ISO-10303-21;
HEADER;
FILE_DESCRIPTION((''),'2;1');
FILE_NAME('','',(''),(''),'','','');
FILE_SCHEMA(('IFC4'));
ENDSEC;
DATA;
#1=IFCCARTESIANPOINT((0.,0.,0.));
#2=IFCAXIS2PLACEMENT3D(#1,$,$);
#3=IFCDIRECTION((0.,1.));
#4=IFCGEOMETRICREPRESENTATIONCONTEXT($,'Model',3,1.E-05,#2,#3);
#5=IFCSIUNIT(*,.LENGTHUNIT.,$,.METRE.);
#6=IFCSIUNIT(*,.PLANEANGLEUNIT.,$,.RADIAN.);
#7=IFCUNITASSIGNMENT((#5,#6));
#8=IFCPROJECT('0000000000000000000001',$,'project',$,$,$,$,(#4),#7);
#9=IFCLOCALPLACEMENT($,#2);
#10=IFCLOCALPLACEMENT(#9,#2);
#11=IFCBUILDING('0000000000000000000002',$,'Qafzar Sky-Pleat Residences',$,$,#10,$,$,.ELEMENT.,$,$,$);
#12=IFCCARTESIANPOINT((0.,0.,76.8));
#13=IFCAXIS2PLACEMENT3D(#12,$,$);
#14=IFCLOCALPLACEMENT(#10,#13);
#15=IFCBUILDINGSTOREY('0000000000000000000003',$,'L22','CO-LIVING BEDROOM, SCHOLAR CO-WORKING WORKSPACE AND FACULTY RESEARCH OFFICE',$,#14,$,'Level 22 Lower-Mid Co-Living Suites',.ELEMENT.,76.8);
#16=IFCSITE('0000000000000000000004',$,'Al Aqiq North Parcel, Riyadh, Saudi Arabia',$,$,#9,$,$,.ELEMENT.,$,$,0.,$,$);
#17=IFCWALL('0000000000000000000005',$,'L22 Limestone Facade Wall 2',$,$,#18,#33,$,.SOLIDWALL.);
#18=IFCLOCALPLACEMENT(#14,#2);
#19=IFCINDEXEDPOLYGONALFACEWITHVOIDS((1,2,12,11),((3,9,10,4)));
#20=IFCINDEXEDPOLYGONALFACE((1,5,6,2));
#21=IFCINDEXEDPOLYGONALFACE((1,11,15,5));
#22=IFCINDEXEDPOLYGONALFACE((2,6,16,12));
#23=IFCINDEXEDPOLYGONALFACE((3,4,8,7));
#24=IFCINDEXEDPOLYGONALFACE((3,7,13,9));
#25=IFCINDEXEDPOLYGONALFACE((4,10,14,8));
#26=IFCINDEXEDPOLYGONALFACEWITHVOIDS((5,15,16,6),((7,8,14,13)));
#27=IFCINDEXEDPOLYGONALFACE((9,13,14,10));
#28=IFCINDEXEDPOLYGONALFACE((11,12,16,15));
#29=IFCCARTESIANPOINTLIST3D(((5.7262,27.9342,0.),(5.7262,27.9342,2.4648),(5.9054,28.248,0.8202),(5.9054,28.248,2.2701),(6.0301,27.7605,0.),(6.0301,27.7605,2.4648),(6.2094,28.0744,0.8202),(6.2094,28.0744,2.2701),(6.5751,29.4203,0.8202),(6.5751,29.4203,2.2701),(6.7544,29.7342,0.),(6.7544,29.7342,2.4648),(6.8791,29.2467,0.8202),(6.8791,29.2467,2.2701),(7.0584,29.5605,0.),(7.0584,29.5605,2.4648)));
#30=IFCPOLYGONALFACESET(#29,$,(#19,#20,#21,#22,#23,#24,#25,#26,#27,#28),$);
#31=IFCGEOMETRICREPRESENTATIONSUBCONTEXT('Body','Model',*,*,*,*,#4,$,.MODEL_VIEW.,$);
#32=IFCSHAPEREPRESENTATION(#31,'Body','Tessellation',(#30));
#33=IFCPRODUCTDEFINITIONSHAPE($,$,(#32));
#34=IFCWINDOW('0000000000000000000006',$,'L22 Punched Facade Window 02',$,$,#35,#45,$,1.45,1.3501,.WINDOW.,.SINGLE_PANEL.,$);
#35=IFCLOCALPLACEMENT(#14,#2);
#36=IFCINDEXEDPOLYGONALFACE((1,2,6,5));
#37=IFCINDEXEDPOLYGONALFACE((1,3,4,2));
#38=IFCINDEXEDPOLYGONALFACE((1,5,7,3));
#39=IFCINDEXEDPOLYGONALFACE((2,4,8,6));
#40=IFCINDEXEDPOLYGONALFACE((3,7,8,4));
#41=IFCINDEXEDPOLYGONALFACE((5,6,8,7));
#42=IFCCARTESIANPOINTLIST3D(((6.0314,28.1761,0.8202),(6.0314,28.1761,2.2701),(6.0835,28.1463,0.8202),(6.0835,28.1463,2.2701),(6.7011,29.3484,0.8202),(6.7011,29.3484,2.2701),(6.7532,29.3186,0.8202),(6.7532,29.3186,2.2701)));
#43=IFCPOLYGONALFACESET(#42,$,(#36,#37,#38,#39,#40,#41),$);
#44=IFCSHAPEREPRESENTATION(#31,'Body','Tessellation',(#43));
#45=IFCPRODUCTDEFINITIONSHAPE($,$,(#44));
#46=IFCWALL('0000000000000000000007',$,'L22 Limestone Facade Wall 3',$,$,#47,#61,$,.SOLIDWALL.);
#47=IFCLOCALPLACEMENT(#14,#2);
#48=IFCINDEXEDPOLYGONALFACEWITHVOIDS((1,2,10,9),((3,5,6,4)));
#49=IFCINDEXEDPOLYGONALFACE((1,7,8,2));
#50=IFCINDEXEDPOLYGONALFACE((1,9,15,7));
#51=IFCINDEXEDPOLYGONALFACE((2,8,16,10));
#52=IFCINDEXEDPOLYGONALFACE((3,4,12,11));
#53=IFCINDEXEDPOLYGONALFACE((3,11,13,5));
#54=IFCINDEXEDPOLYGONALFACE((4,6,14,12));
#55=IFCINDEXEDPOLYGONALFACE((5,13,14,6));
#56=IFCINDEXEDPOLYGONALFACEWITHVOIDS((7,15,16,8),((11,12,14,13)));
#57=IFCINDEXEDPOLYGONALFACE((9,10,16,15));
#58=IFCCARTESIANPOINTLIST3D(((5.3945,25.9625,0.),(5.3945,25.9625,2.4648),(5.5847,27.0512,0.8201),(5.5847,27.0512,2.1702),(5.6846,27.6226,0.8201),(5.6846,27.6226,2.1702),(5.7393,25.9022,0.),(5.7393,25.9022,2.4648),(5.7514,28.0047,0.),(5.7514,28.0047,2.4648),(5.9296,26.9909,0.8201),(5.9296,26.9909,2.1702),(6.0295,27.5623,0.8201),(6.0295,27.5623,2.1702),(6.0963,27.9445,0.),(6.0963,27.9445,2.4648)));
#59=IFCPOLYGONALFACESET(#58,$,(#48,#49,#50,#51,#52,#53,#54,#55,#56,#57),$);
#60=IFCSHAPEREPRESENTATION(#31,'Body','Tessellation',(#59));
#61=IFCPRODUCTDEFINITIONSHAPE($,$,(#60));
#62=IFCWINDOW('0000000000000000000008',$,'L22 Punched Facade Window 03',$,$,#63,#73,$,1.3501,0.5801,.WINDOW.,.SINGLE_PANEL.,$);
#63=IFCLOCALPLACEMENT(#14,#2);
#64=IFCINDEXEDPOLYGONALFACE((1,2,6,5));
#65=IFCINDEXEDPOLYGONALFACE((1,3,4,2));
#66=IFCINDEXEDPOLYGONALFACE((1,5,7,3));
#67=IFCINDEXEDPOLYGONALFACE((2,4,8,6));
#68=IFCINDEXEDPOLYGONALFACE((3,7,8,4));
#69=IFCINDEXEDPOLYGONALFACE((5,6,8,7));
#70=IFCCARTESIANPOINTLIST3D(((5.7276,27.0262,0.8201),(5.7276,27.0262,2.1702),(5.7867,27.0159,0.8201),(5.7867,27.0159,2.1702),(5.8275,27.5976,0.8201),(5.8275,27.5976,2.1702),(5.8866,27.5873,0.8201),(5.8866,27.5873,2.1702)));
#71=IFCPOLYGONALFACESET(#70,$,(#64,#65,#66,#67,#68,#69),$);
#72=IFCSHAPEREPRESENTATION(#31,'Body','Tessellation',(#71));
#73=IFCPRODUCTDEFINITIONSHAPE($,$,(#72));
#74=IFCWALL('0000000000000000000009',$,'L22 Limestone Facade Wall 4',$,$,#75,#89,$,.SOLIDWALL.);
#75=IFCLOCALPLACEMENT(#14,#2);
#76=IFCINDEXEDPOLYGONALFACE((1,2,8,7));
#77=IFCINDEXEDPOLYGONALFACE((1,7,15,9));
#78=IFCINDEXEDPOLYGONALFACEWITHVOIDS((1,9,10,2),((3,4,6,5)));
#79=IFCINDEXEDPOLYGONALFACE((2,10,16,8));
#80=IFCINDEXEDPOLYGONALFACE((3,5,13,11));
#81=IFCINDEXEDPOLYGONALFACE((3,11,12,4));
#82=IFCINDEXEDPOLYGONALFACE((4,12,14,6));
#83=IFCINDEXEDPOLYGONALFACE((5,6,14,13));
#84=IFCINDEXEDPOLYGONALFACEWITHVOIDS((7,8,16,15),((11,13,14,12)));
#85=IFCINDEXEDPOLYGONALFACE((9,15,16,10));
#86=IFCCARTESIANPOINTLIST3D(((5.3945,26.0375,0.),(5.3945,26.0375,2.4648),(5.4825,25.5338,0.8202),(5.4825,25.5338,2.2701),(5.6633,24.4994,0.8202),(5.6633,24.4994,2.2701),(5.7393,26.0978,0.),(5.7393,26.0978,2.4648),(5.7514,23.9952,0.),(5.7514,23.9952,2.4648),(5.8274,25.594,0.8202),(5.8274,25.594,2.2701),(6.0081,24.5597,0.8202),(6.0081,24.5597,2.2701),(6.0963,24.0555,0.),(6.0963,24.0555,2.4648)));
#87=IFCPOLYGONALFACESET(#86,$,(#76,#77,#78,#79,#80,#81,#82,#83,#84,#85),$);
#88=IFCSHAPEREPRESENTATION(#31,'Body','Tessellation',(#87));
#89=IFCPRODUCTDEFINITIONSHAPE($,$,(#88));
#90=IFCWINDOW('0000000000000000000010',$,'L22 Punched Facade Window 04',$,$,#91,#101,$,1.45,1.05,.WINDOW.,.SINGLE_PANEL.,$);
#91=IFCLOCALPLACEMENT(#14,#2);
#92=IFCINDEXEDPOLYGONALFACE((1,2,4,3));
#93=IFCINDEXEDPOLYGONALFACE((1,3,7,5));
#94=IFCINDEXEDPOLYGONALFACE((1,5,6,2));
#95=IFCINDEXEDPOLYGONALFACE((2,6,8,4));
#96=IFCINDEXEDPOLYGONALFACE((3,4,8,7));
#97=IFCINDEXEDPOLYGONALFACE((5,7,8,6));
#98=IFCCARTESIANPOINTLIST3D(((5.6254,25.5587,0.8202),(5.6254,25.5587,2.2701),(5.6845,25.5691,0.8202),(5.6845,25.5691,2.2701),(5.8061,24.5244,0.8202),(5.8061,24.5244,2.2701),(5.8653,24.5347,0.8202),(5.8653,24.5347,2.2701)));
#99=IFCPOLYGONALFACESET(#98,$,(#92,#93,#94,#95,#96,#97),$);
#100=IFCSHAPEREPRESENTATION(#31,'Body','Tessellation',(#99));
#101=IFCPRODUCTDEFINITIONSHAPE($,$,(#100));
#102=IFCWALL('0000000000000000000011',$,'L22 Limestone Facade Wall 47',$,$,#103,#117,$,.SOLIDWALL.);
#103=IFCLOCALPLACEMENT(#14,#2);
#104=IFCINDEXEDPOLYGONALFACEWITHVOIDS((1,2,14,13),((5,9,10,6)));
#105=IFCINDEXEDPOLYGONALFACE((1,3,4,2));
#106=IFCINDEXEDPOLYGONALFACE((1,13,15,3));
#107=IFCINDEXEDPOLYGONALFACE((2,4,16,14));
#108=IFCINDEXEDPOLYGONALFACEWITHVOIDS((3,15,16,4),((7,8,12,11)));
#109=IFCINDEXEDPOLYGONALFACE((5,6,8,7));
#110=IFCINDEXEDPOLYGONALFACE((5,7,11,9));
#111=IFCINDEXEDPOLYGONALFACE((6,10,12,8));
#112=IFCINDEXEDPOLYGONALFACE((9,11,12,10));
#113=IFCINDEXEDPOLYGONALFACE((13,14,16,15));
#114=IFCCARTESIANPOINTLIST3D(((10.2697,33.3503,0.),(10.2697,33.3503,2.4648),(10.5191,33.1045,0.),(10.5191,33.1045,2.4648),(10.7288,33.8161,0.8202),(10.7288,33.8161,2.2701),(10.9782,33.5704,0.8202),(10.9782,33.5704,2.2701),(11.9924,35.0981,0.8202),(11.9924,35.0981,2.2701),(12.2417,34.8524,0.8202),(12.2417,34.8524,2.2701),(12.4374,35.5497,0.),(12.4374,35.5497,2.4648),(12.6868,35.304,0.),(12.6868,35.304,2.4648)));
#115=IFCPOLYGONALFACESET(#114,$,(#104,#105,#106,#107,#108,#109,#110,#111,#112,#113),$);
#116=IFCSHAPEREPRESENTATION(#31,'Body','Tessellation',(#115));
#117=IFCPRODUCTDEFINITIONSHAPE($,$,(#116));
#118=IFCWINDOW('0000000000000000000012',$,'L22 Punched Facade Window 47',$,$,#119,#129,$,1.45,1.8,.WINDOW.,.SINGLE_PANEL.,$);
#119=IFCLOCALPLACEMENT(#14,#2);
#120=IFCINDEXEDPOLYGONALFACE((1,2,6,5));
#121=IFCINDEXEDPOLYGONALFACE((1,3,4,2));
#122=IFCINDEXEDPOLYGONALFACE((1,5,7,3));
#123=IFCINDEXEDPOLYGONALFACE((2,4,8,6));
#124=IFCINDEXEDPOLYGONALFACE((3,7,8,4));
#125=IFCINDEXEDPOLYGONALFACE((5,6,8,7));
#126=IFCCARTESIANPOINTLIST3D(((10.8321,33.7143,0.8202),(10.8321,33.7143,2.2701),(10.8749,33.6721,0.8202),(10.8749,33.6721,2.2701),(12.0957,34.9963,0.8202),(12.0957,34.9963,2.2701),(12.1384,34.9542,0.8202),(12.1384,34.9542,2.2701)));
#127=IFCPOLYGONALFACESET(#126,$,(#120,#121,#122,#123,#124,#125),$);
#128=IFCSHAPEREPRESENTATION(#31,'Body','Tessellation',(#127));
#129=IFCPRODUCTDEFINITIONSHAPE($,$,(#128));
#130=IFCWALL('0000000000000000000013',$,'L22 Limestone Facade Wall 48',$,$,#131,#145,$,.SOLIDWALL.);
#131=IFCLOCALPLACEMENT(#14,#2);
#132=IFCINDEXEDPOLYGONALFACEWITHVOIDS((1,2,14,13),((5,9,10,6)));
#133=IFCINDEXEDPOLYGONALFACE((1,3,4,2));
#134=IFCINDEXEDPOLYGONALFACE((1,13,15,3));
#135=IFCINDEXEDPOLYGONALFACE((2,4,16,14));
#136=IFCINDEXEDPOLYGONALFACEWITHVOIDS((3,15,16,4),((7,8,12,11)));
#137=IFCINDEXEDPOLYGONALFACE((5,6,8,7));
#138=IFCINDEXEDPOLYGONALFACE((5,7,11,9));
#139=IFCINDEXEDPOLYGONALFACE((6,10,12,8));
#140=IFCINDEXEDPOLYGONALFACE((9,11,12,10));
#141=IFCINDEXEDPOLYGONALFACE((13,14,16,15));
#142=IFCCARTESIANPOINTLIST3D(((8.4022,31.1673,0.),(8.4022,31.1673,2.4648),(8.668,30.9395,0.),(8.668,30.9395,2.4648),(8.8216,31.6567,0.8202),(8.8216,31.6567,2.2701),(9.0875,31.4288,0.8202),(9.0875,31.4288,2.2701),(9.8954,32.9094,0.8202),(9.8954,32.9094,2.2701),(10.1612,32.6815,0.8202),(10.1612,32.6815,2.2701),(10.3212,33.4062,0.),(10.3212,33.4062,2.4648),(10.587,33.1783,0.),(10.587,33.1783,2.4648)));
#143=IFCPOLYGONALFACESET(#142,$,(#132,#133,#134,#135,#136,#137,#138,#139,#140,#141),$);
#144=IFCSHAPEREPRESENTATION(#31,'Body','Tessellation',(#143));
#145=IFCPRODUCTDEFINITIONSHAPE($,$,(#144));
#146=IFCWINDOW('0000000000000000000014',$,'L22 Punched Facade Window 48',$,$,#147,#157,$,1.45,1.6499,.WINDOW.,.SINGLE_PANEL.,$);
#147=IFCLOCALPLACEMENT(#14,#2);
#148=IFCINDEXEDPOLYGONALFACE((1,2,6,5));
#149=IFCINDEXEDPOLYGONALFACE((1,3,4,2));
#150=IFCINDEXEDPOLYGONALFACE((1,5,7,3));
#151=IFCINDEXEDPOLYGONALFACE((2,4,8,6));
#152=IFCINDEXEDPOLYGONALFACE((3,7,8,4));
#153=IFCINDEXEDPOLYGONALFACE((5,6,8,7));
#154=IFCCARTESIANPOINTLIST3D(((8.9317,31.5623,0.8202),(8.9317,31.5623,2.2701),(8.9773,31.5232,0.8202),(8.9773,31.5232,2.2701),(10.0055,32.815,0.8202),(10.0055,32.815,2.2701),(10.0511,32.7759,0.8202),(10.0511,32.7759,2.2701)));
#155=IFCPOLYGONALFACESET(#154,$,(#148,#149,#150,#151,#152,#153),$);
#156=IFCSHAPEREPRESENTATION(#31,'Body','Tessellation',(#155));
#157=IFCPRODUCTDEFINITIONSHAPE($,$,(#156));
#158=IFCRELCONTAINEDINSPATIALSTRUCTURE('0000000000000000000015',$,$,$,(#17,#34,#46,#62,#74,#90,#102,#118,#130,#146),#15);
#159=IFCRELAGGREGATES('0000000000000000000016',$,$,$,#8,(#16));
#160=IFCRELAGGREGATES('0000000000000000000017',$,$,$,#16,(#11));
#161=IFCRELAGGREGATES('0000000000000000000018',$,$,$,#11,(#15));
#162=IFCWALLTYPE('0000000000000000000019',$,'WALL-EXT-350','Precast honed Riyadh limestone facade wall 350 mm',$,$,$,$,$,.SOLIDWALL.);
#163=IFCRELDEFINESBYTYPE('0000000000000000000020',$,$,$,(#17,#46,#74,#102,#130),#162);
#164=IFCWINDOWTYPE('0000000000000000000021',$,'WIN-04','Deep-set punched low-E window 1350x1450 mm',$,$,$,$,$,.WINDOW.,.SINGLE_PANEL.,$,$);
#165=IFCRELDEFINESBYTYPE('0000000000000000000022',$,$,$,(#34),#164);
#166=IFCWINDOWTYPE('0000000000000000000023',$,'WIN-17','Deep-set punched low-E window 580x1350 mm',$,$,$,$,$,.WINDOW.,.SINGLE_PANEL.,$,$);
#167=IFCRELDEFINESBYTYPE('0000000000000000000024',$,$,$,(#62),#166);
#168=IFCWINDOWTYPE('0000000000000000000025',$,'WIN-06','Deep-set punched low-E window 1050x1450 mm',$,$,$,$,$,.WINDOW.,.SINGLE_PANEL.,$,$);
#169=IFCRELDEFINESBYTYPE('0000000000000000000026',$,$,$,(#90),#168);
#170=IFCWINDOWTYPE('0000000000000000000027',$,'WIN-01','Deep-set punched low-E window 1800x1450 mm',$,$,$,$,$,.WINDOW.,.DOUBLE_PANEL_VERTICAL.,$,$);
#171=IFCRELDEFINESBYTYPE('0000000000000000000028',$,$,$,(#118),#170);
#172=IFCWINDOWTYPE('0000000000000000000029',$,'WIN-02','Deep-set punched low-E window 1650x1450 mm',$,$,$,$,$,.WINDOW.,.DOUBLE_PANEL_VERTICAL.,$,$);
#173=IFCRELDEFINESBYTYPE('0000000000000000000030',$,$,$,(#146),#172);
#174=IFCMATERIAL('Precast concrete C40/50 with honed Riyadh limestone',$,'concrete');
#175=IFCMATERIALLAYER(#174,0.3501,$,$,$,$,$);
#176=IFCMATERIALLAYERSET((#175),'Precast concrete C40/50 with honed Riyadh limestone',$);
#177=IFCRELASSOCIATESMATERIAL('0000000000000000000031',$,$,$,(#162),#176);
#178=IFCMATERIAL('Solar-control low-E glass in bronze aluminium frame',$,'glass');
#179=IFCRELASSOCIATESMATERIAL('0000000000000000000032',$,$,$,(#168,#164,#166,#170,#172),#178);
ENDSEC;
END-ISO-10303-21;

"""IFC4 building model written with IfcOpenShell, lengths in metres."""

from ifc_helpers import new_model, si_unit, direction, frame, frame_2d, origin, place, context, subcontext, project, spatial, rectangle, extrude, source, transform, mapped, material, layer, layer_set, type_object, element, fill, save


model = new_model("IFC4")

# Units and contexts
model_context = context("Model", 3, precision=1e-05, world=origin(), true_north=direction((0.0, 1.0)))
body_context = subcontext(model_context, "Body", "Model", "MODEL_VIEW")
ifc_project = project(units=[si_unit("LENGTHUNIT", "METRE"), si_unit("PLANEANGLEUNIT", "RADIAN")], contexts=[model_context])

# Site, building, storey
site_placement = place(None, origin())
site = spatial("IfcSite", under=ifc_project, at=site_placement, Name="Al Aqiq North Parcel, Riyadh, Saudi Arabia", CompositionType="ELEMENT", RefElevation=0.0)
building_placement = place(site_placement, origin())
building = spatial("IfcBuilding", under=site, at=building_placement, Name="Qafzar Sky-Pleat Residences", CompositionType="ELEMENT")
storey_placement = place(building_placement, frame((0.0, 0.0, 76.8)))
storey = spatial("IfcBuildingStorey", under=building, at=storey_placement, Name="L22", Description="CO-LIVING BEDROOM, SCHOLAR CO-WORKING WORKSPACE AND FACULTY RESEARCH OFFICE", LongName="Level 22 Lower-Mid Co-Living Suites", CompositionType="ELEMENT", Elevation=76.8)

# Walls, openings, windows
ifc_material_1 = material(Name="Precast concrete C40/50 with honed Riyadh limestone", Category="concrete")
ifc_layer_1 = layer(ifc_material_1, 0.3501)
ifc_layer_set_1 = layer_set([ifc_layer_1], Name="Precast concrete C40/50 with honed Riyadh limestone")
wall_type_1 = type_object("IfcWallType", Name="WALL-EXT-350", Description="Precast honed Riyadh limestone facade wall 350 mm", PredefinedType="SOLIDWALL", material=ifc_layer_set_1)
ifc_material_2 = material(Name="Solar-control low-E glass in bronze aluminium frame", Category="glass")
window_type_1 = type_object("IfcWindowType", Name="WIN-06", Description="Deep-set punched low-E window 1050x1450 mm", PartitioningType="SINGLE_PANEL", PredefinedType="WINDOW", material=ifc_material_2)
shared_shape_1 = source(origin(), body_context, "Body", "SweptSolid", [
    extrude(rectangle(XDim=1.05, YDim=1.45, at=frame_2d((0.5249, 0.7251))), frame((0.0, 0.03, 0.0), z_axis=(0.0, -1.0, 0.0), x_axis=(1.0, 0.0, 0.0)), (0.0, 0.0, 1.0), 0.0601),
])
wall_1_placement = place(storey_placement, frame((6.9065, 29.6475, 0.0), z_axis=(0.0, 0.0, 1.0), x_axis=(-0.496037, -0.868301, 0.0)))
wall_1 = element("IfcWall", 1, at=wall_1_placement, inside=storey, type_object=wall_type_1, Name="L22 Limestone Facade Wall 2", PredefinedType="SOLIDWALL", context=body_context, shape_type="SweptSolid", body=[
    extrude(rectangle(XDim=2.073, YDim=0.3501, at=frame_2d((1.0366, 0.0))), origin(), (0.0, 0.0, 1.0), 2.4648),
])
opening_1_placement = place(wall_1_placement, frame((0.3616, 0.0, 0.8201)))
opening_1 = element("IfcOpeningElement", 2, at=opening_1_placement, cuts=wall_1, PredefinedType="OPENING", context=body_context, shape_type="SweptSolid", body=[
    extrude(rectangle(XDim=1.3501, YDim=1.45, at=frame_2d((0.675, 0.7251))), frame((0.0, 0.1851, 0.0), z_axis=(0.0, -1.0, 0.0), x_axis=(1.0, 0.0, 0.0)), (0.0, 0.0, 1.0), 0.3701),
])
window_type_2 = type_object("IfcWindowType", Name="WIN-04", Description="Deep-set punched low-E window 1350x1450 mm", PartitioningType="SINGLE_PANEL", PredefinedType="WINDOW", material=ifc_material_2)
shared_shape_2 = source(origin(), body_context, "Body", "SweptSolid", [
    extrude(rectangle(XDim=1.3501, YDim=1.45, at=frame_2d((0.675, 0.7251))), frame((0.0, 0.03, 0.0), z_axis=(0.0, -1.0, 0.0), x_axis=(1.0, 0.0, 0.0)), (0.0, 0.0, 1.0), 0.0601),
])
window_1_placement = place(opening_1_placement, origin())
window_1 = element("IfcWindow", 3, at=window_1_placement, inside=storey, type_object=window_type_2, Name="L22 Punched Facade Window 02", OverallHeight=1.45, OverallWidth=1.3501, PartitioningType="SINGLE_PANEL", PredefinedType="WINDOW", context=body_context, shape_type="MappedRepresentation", body=[
    mapped(shared_shape_2, transform((0.0, 0.0, 0.0), x_axis=(1.0, 0.0, 0.0), y_axis=(0.0, 1.0, 0.0), z_axis=(0.0, 0.0, 1.0), scale=1.0)),
])
fill(opening_1, window_1)
wall_2_placement = place(storey_placement, frame((5.9238, 27.9746, 0.0), z_axis=(0.0, 0.0, 1.0), x_axis=(-0.172166, -0.985068, 0.0)))
wall_2 = element("IfcWall", 4, at=wall_2_placement, inside=storey, type_object=wall_type_1, Name="L22 Limestone Facade Wall 3", PredefinedType="SOLIDWALL", context=body_context, shape_type="SweptSolid", body=[
    extrude(rectangle(XDim=2.0732, YDim=0.3501, at=frame_2d((1.0366, 0.0))), origin(), (0.0, 0.0, 1.0), 2.4648),
])
opening_2_placement = place(wall_2_placement, frame((0.3879, 0.0, 0.8201)))
opening_2 = element("IfcOpeningElement", 5, at=opening_2_placement, cuts=wall_2, PredefinedType="OPENING", context=body_context, shape_type="SweptSolid", body=[
    extrude(rectangle(XDim=0.5801, YDim=1.3501, at=frame_2d((0.29, 0.675))), frame((0.0, 0.1851, 0.0), z_axis=(0.0, -1.0, 0.0), x_axis=(1.0, 0.0, 0.0)), (0.0, 0.0, 1.0), 0.3701),
])
window_type_3 = type_object("IfcWindowType", Name="WIN-17", Description="Deep-set punched low-E window 580x1350 mm", PartitioningType="SINGLE_PANEL", PredefinedType="WINDOW", material=ifc_material_2)
shared_shape_3 = source(origin(), body_context, "Body", "SweptSolid", [
    extrude(rectangle(XDim=0.5801, YDim=1.3501, at=frame_2d((0.29, 0.675))), frame((0.0, 0.03, 0.0), z_axis=(0.0, -1.0, 0.0), x_axis=(1.0, 0.0, 0.0)), (0.0, 0.0, 1.0), 0.0601),
])
window_2_placement = place(opening_2_placement, origin())
window_2 = element("IfcWindow", 6, at=window_2_placement, inside=storey, type_object=window_type_3, Name="L22 Punched Facade Window 03", OverallHeight=1.3501, OverallWidth=0.5801, PartitioningType="SINGLE_PANEL", PredefinedType="WINDOW", context=body_context, shape_type="MappedRepresentation", body=[
    mapped(shared_shape_3, transform((0.0, 0.0, 0.0), x_axis=(1.0, 0.0, 0.0), y_axis=(0.0, 1.0, 0.0), z_axis=(0.0, 0.0, 1.0), scale=1.0)),
])
fill(opening_2, window_2)
wall_3_placement = place(storey_placement, frame((5.5669, 26.0676, 0.0), z_axis=(0.0, 0.0, 1.0), x_axis=(0.172166, -0.985068, 0.0)))
wall_3 = element("IfcWall", 7, at=wall_3_placement, inside=storey, type_object=wall_type_1, Name="L22 Limestone Facade Wall 4", PredefinedType="SOLIDWALL", context=body_context, shape_type="SweptSolid", body=[
    extrude(rectangle(XDim=2.0732, YDim=0.3501, at=frame_2d((1.0366, 0.0))), origin(), (0.0, 0.0, 1.0), 2.4648),
])
opening_3_placement = place(wall_3_placement, frame((0.5115, 0.0, 0.8201)))
opening_3 = element("IfcOpeningElement", 8, at=opening_3_placement, cuts=wall_3, PredefinedType="OPENING", context=body_context, shape_type="SweptSolid", body=[
    extrude(rectangle(XDim=1.05, YDim=1.45, at=frame_2d((0.5249, 0.7251))), frame((0.0, 0.1851, 0.0), z_axis=(0.0, -1.0, 0.0), x_axis=(1.0, 0.0, 0.0)), (0.0, 0.0, 1.0), 0.3701),
])
window_3_placement = place(opening_3_placement, origin())
window_3 = element("IfcWindow", 9, at=window_3_placement, inside=storey, type_object=window_type_1, Name="L22 Punched Facade Window 04", OverallHeight=1.45, OverallWidth=1.05, PartitioningType="SINGLE_PANEL", PredefinedType="WINDOW", context=body_context, shape_type="MappedRepresentation", body=[
    mapped(shared_shape_1, transform((0.0, 0.0, 0.0), x_axis=(1.0, 0.0, 0.0), y_axis=(0.0, 1.0, 0.0), z_axis=(0.0, 0.0, 1.0), scale=1.0)),
])
fill(opening_3, window_3)
wall_4_placement = place(storey_placement, frame((12.562, 35.4268, 0.0), z_axis=(0.0, 0.0, 1.0), x_axis=(-0.701949, -0.712227, 0.0)))
wall_4 = element("IfcWall", 10, at=wall_4_placement, inside=storey, type_object=wall_type_1, Name="L22 Limestone Facade Wall 47", PredefinedType="SOLIDWALL", context=body_context, shape_type="SweptSolid", body=[
    extrude(rectangle(XDim=3.0881, YDim=0.3501, at=frame_2d((1.5439, 0.0))), origin(), (0.0, 0.0, 1.0), 2.4648),
])
opening_4_placement = place(wall_4_placement, frame((0.634, 0.0, 0.8201)))
opening_4 = element("IfcOpeningElement", 11, at=opening_4_placement, cuts=wall_4, PredefinedType="OPENING", context=body_context, shape_type="SweptSolid", body=[
    extrude(rectangle(XDim=1.8, YDim=1.45, at=frame_2d((0.8999, 0.7251))), frame((0.0, 0.1851, 0.0), z_axis=(0.0, -1.0, 0.0), x_axis=(1.0, 0.0, 0.0)), (0.0, 0.0, 1.0), 0.3701),
])
window_type_4 = type_object("IfcWindowType", Name="WIN-01", Description="Deep-set punched low-E window 1800x1450 mm", PartitioningType="DOUBLE_PANEL_VERTICAL", PredefinedType="WINDOW", material=ifc_material_2)
shared_shape_4 = source(origin(), body_context, "Body", "SweptSolid", [
    extrude(rectangle(XDim=1.8, YDim=1.45, at=frame_2d((0.8999, 0.7251))), frame((0.0, 0.03, 0.0), z_axis=(0.0, -1.0, 0.0), x_axis=(1.0, 0.0, 0.0)), (0.0, 0.0, 1.0), 0.0601),
])
window_4_placement = place(opening_4_placement, origin())
window_4 = element("IfcWindow", 12, at=window_4_placement, inside=storey, type_object=window_type_4, Name="L22 Punched Facade Window 47", OverallHeight=1.45, OverallWidth=1.8, PartitioningType="SINGLE_PANEL", PredefinedType="WINDOW", context=body_context, shape_type="MappedRepresentation", body=[
    mapped(shared_shape_4, transform((0.0, 0.0, 0.0), x_axis=(1.0, 0.0, 0.0), y_axis=(0.0, 1.0, 0.0), z_axis=(0.0, 0.0, 1.0), scale=1.0)),
])
fill(opening_4, window_4)
wall_5_placement = place(storey_placement, frame((10.4541, 33.2922, 0.0), z_axis=(0.0, 0.0, 1.0), x_axis=(-0.650791, -0.759257, 0.0)))
wall_5 = element("IfcWall", 13, at=wall_5_placement, inside=storey, type_object=wall_type_1, Name="L22 Limestone Facade Wall 48", PredefinedType="SOLIDWALL", context=body_context, shape_type="SweptSolid", body=[
    extrude(rectangle(XDim=2.9487, YDim=0.3501, at=frame_2d((1.4744, 0.0))), origin(), (0.0, 0.0, 1.0), 2.4648),
])
opening_5_placement = place(wall_5_placement, frame((0.6543, 0.0, 0.8201)))
opening_5 = element("IfcOpeningElement", 14, at=opening_5_placement, cuts=wall_5, PredefinedType="OPENING", context=body_context, shape_type="SweptSolid", body=[
    extrude(rectangle(XDim=1.6499, YDim=1.45, at=frame_2d((0.825, 0.7251))), frame((0.0, 0.1851, 0.0), z_axis=(0.0, -1.0, 0.0), x_axis=(1.0, 0.0, 0.0)), (0.0, 0.0, 1.0), 0.3701),
])
window_type_5 = type_object("IfcWindowType", Name="WIN-02", Description="Deep-set punched low-E window 1650x1450 mm", PartitioningType="DOUBLE_PANEL_VERTICAL", PredefinedType="WINDOW", material=ifc_material_2)
shared_shape_5 = source(origin(), body_context, "Body", "SweptSolid", [
    extrude(rectangle(XDim=1.6499, YDim=1.45, at=frame_2d((0.825, 0.7251))), frame((0.0, 0.03, 0.0), z_axis=(0.0, -1.0, 0.0), x_axis=(1.0, 0.0, 0.0)), (0.0, 0.0, 1.0), 0.0601),
])
window_5_placement = place(opening_5_placement, origin())
window_5 = element("IfcWindow", 15, at=window_5_placement, inside=storey, type_object=window_type_5, Name="L22 Punched Facade Window 48", OverallHeight=1.45, OverallWidth=1.6499, PartitioningType="SINGLE_PANEL", PredefinedType="WINDOW", context=body_context, shape_type="MappedRepresentation", body=[
    mapped(shared_shape_5, transform((0.0, 0.0, 0.0), x_axis=(1.0, 0.0, 0.0), y_axis=(0.0, 1.0, 0.0), z_axis=(0.0, 0.0, 1.0), scale=1.0)),
])
fill(opening_5, window_5)

save(model, "model.ifc")
